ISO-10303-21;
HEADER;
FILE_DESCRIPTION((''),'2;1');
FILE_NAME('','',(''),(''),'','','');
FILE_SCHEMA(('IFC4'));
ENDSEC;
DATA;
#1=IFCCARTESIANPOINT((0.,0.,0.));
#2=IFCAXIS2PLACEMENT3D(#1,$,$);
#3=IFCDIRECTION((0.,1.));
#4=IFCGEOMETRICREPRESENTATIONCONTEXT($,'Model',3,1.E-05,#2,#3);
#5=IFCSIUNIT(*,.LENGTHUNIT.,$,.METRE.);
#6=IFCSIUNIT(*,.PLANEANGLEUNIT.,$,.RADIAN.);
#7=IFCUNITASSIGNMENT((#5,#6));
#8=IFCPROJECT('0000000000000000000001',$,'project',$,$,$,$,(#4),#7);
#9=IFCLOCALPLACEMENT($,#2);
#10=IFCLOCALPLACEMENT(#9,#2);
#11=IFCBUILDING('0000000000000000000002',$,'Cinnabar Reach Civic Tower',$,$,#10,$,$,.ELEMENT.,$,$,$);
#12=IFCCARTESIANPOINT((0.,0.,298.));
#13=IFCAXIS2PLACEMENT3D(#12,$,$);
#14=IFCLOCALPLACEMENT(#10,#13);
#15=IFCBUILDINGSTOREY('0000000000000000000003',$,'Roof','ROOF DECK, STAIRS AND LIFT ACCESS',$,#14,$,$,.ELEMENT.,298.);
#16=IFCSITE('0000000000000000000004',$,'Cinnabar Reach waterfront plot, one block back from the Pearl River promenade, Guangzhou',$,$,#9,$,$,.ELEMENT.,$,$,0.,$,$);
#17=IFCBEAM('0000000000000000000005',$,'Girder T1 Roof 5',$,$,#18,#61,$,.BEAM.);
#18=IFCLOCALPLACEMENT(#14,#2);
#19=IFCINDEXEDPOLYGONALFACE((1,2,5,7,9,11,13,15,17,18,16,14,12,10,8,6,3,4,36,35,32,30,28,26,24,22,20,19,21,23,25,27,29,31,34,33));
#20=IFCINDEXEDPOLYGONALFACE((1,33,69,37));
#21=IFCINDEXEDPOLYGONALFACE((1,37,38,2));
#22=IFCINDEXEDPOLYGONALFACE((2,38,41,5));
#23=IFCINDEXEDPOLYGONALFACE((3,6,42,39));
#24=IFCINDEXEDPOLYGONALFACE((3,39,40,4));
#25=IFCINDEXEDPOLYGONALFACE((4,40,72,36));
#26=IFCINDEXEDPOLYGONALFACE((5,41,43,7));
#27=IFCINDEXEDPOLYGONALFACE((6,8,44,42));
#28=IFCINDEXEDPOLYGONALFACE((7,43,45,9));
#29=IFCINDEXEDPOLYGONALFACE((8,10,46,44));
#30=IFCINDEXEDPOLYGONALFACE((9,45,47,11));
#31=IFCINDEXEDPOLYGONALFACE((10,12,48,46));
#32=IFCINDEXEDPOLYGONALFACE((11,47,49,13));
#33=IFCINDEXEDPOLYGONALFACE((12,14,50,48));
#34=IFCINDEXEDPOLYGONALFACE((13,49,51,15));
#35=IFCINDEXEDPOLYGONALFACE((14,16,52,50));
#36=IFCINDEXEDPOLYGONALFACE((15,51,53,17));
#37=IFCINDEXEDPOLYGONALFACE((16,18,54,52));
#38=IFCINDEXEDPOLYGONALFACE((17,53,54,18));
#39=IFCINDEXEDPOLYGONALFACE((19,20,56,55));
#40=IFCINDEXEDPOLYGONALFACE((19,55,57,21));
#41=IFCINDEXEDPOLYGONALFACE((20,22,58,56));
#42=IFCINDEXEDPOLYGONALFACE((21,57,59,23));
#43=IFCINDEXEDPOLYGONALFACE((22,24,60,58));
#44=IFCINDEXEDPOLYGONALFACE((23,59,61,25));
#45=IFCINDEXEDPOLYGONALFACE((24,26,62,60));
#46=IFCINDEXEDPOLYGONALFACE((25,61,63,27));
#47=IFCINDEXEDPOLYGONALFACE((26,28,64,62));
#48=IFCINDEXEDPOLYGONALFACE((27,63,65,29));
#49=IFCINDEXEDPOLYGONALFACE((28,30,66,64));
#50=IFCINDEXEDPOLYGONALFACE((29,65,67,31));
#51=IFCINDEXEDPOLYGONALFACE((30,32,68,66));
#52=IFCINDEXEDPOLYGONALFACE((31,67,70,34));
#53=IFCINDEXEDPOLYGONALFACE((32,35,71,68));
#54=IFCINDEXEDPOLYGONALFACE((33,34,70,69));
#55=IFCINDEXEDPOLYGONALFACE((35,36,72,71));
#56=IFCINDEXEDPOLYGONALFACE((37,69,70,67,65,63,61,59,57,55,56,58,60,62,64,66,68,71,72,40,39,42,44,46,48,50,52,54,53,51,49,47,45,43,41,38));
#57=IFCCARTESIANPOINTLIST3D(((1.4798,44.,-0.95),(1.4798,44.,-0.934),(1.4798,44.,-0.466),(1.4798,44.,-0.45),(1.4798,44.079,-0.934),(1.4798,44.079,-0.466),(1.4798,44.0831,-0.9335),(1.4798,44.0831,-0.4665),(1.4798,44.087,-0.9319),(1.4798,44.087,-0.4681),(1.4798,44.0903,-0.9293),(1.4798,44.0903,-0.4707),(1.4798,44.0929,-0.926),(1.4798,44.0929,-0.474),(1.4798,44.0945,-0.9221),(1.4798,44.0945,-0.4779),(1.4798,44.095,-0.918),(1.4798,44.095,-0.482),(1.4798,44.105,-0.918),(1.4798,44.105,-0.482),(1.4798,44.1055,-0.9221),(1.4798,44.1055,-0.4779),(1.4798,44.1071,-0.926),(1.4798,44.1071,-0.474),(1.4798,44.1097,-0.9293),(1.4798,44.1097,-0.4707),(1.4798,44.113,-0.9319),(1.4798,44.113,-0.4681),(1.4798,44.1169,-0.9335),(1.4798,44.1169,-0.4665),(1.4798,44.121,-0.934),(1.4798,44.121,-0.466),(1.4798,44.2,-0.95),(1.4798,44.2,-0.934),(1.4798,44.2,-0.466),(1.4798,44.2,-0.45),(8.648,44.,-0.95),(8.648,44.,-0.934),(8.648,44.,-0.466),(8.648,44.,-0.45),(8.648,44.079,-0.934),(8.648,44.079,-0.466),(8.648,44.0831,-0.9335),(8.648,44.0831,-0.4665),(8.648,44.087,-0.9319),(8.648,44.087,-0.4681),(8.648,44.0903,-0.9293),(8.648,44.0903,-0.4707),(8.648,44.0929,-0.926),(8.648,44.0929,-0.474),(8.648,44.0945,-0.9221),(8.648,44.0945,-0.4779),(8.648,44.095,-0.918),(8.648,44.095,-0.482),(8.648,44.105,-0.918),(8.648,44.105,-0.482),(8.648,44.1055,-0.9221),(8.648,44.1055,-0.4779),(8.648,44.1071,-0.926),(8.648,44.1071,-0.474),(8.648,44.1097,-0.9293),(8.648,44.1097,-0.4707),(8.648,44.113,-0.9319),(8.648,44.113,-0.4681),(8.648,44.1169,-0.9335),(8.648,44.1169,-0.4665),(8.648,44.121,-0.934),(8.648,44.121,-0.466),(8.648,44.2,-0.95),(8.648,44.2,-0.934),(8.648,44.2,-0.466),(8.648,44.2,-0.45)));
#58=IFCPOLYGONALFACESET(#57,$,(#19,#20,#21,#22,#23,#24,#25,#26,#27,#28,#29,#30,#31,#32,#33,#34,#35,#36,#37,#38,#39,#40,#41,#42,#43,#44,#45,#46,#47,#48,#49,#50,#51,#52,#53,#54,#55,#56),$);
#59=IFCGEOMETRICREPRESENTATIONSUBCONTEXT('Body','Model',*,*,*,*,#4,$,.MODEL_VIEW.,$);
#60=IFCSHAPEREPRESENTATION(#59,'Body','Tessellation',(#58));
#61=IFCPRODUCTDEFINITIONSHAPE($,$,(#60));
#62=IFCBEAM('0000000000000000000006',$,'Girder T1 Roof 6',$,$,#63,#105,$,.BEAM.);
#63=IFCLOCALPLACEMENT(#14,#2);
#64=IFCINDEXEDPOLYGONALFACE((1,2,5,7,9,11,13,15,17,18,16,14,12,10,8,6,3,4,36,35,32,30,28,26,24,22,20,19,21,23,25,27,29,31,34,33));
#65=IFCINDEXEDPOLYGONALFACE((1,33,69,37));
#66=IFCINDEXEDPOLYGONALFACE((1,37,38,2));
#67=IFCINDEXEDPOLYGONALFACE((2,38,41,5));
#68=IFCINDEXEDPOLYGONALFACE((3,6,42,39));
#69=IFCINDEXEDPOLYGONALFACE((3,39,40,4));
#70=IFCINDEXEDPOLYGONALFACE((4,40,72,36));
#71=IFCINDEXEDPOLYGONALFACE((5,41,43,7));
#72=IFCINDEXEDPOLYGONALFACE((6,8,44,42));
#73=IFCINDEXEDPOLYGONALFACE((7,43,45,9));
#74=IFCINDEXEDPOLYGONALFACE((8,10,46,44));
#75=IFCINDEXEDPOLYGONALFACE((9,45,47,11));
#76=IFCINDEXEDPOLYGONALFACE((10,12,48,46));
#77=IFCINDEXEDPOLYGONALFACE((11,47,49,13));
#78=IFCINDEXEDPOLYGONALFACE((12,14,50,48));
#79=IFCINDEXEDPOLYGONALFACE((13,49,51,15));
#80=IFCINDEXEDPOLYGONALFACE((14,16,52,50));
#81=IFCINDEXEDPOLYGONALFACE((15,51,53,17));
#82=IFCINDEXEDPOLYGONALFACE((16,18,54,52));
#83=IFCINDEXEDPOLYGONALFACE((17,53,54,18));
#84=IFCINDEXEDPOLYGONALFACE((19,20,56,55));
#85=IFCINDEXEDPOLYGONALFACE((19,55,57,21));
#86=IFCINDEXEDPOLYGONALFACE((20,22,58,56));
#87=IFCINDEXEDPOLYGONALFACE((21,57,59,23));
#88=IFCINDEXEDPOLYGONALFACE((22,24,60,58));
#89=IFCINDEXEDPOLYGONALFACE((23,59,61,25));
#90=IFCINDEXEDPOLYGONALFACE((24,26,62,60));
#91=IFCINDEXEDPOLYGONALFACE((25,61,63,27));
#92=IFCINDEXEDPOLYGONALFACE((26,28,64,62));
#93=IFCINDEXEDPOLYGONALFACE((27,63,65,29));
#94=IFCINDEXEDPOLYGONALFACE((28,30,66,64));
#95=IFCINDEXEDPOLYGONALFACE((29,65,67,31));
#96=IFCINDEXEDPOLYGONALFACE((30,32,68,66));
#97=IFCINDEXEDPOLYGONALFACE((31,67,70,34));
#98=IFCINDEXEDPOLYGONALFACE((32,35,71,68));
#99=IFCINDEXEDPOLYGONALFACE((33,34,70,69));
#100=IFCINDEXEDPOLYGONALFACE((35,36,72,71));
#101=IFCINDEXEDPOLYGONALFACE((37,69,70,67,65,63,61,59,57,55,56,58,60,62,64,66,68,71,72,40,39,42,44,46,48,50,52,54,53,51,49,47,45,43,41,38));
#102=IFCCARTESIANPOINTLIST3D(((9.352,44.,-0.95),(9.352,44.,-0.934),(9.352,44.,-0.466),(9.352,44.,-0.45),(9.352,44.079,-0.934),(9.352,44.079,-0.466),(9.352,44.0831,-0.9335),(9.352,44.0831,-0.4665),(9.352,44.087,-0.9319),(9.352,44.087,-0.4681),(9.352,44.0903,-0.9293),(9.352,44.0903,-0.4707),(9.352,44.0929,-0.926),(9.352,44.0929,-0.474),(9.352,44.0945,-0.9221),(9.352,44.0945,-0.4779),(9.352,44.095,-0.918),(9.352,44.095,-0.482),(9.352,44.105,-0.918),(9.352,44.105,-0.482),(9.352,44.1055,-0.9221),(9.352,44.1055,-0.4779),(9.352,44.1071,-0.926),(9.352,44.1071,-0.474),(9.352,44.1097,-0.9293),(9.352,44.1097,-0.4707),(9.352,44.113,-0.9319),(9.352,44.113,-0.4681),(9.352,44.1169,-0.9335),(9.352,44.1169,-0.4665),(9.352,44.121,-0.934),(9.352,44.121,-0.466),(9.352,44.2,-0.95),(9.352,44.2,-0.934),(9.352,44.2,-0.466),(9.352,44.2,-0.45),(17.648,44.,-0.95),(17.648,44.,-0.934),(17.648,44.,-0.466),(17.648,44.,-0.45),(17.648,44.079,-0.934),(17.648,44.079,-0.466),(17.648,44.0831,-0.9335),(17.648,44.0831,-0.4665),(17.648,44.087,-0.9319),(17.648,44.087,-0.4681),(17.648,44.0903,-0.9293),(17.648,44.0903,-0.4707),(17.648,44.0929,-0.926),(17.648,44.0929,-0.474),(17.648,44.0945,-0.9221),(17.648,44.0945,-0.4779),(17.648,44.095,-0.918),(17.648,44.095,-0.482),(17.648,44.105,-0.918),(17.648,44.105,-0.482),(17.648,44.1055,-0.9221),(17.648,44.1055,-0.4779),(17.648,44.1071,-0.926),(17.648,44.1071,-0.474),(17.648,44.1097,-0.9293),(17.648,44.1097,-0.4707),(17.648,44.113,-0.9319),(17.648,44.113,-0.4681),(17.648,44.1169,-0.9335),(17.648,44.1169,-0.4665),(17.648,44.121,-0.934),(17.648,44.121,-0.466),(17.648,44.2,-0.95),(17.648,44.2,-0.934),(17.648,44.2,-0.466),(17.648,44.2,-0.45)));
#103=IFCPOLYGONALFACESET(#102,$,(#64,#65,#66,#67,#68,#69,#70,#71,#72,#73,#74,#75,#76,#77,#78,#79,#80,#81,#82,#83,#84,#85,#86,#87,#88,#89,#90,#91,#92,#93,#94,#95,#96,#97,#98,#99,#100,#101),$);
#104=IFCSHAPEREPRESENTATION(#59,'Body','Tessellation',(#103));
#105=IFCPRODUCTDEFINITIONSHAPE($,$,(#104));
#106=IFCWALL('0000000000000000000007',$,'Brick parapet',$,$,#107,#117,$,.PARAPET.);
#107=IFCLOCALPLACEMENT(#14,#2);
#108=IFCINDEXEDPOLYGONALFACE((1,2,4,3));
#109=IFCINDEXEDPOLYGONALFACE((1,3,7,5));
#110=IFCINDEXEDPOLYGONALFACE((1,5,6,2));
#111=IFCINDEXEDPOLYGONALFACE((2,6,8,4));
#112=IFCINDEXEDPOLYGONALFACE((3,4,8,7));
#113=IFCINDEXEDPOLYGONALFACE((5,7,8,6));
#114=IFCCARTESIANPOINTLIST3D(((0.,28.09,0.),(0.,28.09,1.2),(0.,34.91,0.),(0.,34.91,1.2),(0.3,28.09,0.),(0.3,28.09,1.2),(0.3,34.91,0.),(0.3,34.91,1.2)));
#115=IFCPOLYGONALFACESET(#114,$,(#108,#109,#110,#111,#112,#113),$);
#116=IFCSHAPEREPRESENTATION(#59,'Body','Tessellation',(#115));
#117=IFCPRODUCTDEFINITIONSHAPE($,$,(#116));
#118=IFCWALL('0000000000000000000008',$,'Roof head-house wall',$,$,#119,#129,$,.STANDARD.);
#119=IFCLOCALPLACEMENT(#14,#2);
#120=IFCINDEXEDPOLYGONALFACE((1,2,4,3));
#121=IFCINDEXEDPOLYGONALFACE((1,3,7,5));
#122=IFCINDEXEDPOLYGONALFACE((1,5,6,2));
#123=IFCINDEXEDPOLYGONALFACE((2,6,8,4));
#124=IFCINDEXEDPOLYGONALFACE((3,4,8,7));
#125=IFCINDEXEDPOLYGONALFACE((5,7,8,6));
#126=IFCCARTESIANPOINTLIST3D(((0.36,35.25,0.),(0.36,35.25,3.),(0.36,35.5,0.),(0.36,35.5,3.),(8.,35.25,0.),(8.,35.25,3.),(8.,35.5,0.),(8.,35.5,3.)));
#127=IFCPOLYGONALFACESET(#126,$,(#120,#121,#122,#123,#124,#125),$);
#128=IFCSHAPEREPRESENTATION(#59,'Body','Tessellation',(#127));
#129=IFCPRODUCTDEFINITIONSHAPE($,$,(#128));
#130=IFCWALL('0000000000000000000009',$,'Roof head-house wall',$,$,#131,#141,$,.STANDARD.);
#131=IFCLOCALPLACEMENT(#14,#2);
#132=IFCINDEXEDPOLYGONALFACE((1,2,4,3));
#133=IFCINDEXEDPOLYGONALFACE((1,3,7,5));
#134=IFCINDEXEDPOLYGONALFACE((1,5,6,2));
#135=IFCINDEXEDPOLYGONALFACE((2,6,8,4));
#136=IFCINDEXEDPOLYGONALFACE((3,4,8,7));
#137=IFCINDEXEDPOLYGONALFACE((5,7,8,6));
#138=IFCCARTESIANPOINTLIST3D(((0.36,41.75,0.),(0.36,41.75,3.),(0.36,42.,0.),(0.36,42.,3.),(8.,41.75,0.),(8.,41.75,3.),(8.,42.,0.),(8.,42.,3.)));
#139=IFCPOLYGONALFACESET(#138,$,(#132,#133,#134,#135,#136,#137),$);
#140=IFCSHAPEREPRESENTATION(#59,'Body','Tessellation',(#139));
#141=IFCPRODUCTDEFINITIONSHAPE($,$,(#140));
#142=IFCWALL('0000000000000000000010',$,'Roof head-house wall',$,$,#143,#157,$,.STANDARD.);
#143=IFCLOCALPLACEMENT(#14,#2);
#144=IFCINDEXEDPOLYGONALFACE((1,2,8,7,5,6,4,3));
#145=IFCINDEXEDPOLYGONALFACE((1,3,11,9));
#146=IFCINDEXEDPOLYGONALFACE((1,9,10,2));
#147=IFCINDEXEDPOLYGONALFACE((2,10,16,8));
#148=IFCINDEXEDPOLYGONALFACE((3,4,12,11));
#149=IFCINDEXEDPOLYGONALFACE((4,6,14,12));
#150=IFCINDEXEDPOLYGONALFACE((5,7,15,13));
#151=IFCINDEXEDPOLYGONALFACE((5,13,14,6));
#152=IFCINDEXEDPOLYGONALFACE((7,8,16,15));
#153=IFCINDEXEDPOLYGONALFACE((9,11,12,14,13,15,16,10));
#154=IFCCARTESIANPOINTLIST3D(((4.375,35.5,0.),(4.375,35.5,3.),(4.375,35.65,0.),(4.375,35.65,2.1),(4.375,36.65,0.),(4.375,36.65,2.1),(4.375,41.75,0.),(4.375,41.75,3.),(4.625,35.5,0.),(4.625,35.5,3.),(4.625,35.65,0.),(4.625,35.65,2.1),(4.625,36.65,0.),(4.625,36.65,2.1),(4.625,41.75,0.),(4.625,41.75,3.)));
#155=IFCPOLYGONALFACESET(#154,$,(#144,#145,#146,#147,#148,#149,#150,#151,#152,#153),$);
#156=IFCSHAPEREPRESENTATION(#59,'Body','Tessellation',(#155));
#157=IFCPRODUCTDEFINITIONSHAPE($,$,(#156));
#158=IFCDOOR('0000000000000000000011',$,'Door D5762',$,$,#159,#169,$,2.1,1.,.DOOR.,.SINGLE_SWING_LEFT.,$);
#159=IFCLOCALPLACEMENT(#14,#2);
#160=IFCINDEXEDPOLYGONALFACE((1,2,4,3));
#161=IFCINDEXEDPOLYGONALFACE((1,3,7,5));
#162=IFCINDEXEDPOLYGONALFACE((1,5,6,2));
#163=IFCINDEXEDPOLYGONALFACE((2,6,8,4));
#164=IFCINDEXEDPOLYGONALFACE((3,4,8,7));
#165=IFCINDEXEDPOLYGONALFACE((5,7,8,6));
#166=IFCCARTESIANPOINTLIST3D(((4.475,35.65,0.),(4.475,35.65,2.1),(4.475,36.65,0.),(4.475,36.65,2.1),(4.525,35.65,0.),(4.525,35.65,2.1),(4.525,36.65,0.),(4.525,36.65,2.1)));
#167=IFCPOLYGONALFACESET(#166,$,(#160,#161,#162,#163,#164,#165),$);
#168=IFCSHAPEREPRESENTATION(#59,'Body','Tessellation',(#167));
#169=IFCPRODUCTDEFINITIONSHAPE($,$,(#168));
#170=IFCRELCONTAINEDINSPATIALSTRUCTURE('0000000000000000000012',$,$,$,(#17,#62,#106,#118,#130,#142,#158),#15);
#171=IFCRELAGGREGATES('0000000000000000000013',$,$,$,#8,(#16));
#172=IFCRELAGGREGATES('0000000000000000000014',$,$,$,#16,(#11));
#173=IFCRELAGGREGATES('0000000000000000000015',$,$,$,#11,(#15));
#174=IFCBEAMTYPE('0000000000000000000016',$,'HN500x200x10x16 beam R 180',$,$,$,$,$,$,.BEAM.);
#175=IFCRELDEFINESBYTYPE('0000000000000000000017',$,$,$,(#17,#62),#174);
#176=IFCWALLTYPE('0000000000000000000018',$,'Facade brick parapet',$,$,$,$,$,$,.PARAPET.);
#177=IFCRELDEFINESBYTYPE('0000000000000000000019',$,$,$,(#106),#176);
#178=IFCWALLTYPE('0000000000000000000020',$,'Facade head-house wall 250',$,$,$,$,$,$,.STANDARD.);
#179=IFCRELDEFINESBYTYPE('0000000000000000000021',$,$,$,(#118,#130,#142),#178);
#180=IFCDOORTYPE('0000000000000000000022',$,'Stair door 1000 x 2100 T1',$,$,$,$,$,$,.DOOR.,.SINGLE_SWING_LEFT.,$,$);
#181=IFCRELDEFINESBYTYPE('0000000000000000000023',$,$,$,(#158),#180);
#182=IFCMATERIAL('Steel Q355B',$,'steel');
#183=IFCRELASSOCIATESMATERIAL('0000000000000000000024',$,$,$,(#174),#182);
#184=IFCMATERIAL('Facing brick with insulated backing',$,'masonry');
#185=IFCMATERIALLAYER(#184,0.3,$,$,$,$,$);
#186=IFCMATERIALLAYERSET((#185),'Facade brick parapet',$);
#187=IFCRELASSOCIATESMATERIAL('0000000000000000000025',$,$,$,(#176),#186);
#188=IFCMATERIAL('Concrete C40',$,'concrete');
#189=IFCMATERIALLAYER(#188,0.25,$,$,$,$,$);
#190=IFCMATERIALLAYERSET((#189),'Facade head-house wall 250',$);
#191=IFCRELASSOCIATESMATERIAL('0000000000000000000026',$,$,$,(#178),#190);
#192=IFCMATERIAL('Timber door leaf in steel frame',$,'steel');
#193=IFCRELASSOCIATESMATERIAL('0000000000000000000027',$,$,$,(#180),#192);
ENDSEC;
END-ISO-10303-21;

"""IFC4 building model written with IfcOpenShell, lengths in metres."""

from ifc_helpers import new_model, si_unit, direction, frame, frame_2d, origin, origin_2d, place, context, subcontext, project, spatial, rectangle, i_section, extrude, material, layer, layer_set, material_profile, profile_set, type_object, element, fill, save


model = new_model("IFC4")

# Units and contexts
model_context = context("Model", 3, precision=1e-05, world=origin(), true_north=direction((0.0, 1.0)))
body_context = subcontext(model_context, "Body", "Model", "MODEL_VIEW")
ifc_project = project(units=[si_unit("LENGTHUNIT", "METRE"), si_unit("PLANEANGLEUNIT", "RADIAN")], contexts=[model_context])

# Site, building, storey
site_placement = place(None, origin())
site = spatial("IfcSite", under=ifc_project, at=site_placement, Name="Cinnabar Reach waterfront plot, one block back from the Pearl River promenade, Guangzhou", CompositionType="ELEMENT", RefElevation=0.0)
building_placement = place(site_placement, origin())
building = spatial("IfcBuilding", under=site, at=building_placement, Name="Cinnabar Reach Civic Tower", CompositionType="ELEMENT")
storey_placement = place(building_placement, frame((0.0, 0.0, 298.0)))
storey = spatial("IfcBuildingStorey", under=building, at=storey_placement, Name="Roof", Description="ROOF DECK, STAIRS AND LIFT ACCESS", CompositionType="ELEMENT", Elevation=298.0)

# Shared definitions
ifc_material_1 = material(Name="Steel Q355B", Category="steel")

# Beams
ifc_material_profile_1 = material_profile(ifc_material_1, i_section(OverallWidth=0.2, OverallDepth=0.5, WebThickness=0.01, FlangeThickness=0.016, FilletRadius=0.016, at=origin_2d()), Name="HN500x200x10x16")
ifc_profile_set_1 = profile_set([ifc_material_profile_1], Name="Steel Q355B")
beam_type_1 = type_object("IfcBeamType", Name="HN500x200x10x16 beam R 180", PredefinedType="BEAM", material=ifc_profile_set_1)
beam_1_placement = place(storey_placement, frame((1.4798, 44.1, -0.7), z_axis=(1.0, 0.0, 0.0), x_axis=(0.0, 1.0, 0.0)))
element("IfcBeam", 1, at=beam_1_placement, inside=storey, type_object=beam_type_1, Name="Girder T1 Roof 5", PredefinedType="BEAM", context=body_context, shape_type="SweptSolid", body=[
    extrude(i_section(OverallWidth=0.2, OverallDepth=0.5, WebThickness=0.01, FlangeThickness=0.016, FilletRadius=0.016, at=origin_2d()), origin(), (0.0, 0.0, 1.0), 7.1682),
])
beam_2_placement = place(storey_placement, frame((9.352, 44.1, -0.7), z_axis=(1.0, 0.0, 0.0), x_axis=(0.0, 1.0, 0.0)))
element("IfcBeam", 2, at=beam_2_placement, inside=storey, type_object=beam_type_1, Name="Girder T1 Roof 6", PredefinedType="BEAM", context=body_context, shape_type="SweptSolid", body=[
    extrude(i_section(OverallWidth=0.2, OverallDepth=0.5, WebThickness=0.01, FlangeThickness=0.016, FilletRadius=0.016, at=origin_2d()), origin(), (0.0, 0.0, 1.0), 8.296),
])

# Walls
ifc_material_2 = material(Name="Facing brick with insulated backing", Category="masonry")
ifc_layer_1 = layer(ifc_material_2, 0.3)
ifc_layer_set_1 = layer_set([ifc_layer_1], Name="Facade brick parapet")
wall_type_1 = type_object("IfcWallType", Name="Facade brick parapet", PredefinedType="PARAPET", material=ifc_layer_set_1)
wall_1_placement = place(storey_placement, frame((0.15, 34.91, 0.0), z_axis=(0.0, 0.0, 1.0), x_axis=(0.0, -1.0, 0.0)))
element("IfcWall", 3, at=wall_1_placement, inside=storey, type_object=wall_type_1, Name="Brick parapet", PredefinedType="PARAPET", context=body_context, shape_type="SweptSolid", body=[
    extrude(rectangle(XDim=6.82, YDim=0.3, at=frame_2d((3.41, 0.0))), origin(), (0.0, 0.0, 1.0), 1.2),
])
ifc_material_3 = material(Name="Concrete C40", Category="concrete")
ifc_layer_2 = layer(ifc_material_3, 0.25)
ifc_layer_set_2 = layer_set([ifc_layer_2], Name="Facade head-house wall 250")
wall_type_2 = type_object("IfcWallType", Name="Facade head-house wall 250", PredefinedType="STANDARD", material=ifc_layer_set_2)
for number, where, z_axis, x_axis, name in (
    (4, (0.36, 35.375, 0.0), (0.0, 0.0, 1.0), (1.0, 0.0, 0.0), "Roof head-house wall"),
    (5, (0.36, 41.875, 0.0), (0.0, 0.0, 1.0), (1.0, 0.0, 0.0), "Roof head-house wall"),
):
    element("IfcWall", number, at=place(storey_placement, frame(where, z_axis=z_axis, x_axis=x_axis)), inside=storey, type_object=wall_type_2, Name=name, PredefinedType="STANDARD", context=body_context, shape_type="SweptSolid", body=[
        extrude(rectangle(XDim=7.64, YDim=0.25, at=frame_2d((3.82, 0.0))), origin(), (0.0, 0.0, 1.0), 3.0),
    ])

# Wall, opening, door
wall_2_placement = place(storey_placement, frame((4.5, 35.5, 0.0), z_axis=(0.0, 0.0, 1.0), x_axis=(0.0, 1.0, 0.0)))
wall_2 = element("IfcWall", 6, at=wall_2_placement, inside=storey, type_object=wall_type_2, Name="Roof head-house wall", PredefinedType="STANDARD", context=body_context, shape_type="SweptSolid", body=[
    extrude(rectangle(XDim=6.25, YDim=0.25, at=frame_2d((3.125, 0.0))), origin(), (0.0, 0.0, 1.0), 3.0),
])
opening_1_placement = place(wall_2_placement, frame((0.15, 0.0, 0.0)))
opening_1 = element("IfcOpeningElement", 7, at=opening_1_placement, cuts=wall_2, PredefinedType="OPENING", context=body_context, shape_type="SweptSolid", body=[
    extrude(rectangle(XDim=1.0, YDim=2.1, at=frame_2d((0.5, 1.05))), frame((0.0, 0.135, 0.0), z_axis=(0.0, -1.0, 0.0), x_axis=(1.0, 0.0, 0.0)), (0.0, 0.0, 1.0), 0.27),
])
ifc_material_4 = material(Name="Timber door leaf in steel frame", Category="steel")
door_type_1 = type_object("IfcDoorType", Name="Stair door 1000 x 2100 T1", OperationType="SINGLE_SWING_LEFT", PredefinedType="DOOR", material=ifc_material_4)
door_1_placement = place(opening_1_placement, origin())
door_1 = element("IfcDoor", 8, at=door_1_placement, inside=storey, type_object=door_type_1, Name="Door D5762", OperationType="SINGLE_SWING_LEFT", OverallHeight=2.1, OverallWidth=1.0, PredefinedType="DOOR", context=body_context, shape_type="SweptSolid", body=[
    extrude(rectangle(XDim=1.0, YDim=2.1, at=frame_2d((0.5, 1.05))), frame((0.0, 0.025, 0.0), z_axis=(0.0, -1.0, 0.0), x_axis=(1.0, 0.0, 0.0)), (0.0, 0.0, 1.0), 0.05),
])
fill(opening_1, door_1)

save(model, "model.ifc")
